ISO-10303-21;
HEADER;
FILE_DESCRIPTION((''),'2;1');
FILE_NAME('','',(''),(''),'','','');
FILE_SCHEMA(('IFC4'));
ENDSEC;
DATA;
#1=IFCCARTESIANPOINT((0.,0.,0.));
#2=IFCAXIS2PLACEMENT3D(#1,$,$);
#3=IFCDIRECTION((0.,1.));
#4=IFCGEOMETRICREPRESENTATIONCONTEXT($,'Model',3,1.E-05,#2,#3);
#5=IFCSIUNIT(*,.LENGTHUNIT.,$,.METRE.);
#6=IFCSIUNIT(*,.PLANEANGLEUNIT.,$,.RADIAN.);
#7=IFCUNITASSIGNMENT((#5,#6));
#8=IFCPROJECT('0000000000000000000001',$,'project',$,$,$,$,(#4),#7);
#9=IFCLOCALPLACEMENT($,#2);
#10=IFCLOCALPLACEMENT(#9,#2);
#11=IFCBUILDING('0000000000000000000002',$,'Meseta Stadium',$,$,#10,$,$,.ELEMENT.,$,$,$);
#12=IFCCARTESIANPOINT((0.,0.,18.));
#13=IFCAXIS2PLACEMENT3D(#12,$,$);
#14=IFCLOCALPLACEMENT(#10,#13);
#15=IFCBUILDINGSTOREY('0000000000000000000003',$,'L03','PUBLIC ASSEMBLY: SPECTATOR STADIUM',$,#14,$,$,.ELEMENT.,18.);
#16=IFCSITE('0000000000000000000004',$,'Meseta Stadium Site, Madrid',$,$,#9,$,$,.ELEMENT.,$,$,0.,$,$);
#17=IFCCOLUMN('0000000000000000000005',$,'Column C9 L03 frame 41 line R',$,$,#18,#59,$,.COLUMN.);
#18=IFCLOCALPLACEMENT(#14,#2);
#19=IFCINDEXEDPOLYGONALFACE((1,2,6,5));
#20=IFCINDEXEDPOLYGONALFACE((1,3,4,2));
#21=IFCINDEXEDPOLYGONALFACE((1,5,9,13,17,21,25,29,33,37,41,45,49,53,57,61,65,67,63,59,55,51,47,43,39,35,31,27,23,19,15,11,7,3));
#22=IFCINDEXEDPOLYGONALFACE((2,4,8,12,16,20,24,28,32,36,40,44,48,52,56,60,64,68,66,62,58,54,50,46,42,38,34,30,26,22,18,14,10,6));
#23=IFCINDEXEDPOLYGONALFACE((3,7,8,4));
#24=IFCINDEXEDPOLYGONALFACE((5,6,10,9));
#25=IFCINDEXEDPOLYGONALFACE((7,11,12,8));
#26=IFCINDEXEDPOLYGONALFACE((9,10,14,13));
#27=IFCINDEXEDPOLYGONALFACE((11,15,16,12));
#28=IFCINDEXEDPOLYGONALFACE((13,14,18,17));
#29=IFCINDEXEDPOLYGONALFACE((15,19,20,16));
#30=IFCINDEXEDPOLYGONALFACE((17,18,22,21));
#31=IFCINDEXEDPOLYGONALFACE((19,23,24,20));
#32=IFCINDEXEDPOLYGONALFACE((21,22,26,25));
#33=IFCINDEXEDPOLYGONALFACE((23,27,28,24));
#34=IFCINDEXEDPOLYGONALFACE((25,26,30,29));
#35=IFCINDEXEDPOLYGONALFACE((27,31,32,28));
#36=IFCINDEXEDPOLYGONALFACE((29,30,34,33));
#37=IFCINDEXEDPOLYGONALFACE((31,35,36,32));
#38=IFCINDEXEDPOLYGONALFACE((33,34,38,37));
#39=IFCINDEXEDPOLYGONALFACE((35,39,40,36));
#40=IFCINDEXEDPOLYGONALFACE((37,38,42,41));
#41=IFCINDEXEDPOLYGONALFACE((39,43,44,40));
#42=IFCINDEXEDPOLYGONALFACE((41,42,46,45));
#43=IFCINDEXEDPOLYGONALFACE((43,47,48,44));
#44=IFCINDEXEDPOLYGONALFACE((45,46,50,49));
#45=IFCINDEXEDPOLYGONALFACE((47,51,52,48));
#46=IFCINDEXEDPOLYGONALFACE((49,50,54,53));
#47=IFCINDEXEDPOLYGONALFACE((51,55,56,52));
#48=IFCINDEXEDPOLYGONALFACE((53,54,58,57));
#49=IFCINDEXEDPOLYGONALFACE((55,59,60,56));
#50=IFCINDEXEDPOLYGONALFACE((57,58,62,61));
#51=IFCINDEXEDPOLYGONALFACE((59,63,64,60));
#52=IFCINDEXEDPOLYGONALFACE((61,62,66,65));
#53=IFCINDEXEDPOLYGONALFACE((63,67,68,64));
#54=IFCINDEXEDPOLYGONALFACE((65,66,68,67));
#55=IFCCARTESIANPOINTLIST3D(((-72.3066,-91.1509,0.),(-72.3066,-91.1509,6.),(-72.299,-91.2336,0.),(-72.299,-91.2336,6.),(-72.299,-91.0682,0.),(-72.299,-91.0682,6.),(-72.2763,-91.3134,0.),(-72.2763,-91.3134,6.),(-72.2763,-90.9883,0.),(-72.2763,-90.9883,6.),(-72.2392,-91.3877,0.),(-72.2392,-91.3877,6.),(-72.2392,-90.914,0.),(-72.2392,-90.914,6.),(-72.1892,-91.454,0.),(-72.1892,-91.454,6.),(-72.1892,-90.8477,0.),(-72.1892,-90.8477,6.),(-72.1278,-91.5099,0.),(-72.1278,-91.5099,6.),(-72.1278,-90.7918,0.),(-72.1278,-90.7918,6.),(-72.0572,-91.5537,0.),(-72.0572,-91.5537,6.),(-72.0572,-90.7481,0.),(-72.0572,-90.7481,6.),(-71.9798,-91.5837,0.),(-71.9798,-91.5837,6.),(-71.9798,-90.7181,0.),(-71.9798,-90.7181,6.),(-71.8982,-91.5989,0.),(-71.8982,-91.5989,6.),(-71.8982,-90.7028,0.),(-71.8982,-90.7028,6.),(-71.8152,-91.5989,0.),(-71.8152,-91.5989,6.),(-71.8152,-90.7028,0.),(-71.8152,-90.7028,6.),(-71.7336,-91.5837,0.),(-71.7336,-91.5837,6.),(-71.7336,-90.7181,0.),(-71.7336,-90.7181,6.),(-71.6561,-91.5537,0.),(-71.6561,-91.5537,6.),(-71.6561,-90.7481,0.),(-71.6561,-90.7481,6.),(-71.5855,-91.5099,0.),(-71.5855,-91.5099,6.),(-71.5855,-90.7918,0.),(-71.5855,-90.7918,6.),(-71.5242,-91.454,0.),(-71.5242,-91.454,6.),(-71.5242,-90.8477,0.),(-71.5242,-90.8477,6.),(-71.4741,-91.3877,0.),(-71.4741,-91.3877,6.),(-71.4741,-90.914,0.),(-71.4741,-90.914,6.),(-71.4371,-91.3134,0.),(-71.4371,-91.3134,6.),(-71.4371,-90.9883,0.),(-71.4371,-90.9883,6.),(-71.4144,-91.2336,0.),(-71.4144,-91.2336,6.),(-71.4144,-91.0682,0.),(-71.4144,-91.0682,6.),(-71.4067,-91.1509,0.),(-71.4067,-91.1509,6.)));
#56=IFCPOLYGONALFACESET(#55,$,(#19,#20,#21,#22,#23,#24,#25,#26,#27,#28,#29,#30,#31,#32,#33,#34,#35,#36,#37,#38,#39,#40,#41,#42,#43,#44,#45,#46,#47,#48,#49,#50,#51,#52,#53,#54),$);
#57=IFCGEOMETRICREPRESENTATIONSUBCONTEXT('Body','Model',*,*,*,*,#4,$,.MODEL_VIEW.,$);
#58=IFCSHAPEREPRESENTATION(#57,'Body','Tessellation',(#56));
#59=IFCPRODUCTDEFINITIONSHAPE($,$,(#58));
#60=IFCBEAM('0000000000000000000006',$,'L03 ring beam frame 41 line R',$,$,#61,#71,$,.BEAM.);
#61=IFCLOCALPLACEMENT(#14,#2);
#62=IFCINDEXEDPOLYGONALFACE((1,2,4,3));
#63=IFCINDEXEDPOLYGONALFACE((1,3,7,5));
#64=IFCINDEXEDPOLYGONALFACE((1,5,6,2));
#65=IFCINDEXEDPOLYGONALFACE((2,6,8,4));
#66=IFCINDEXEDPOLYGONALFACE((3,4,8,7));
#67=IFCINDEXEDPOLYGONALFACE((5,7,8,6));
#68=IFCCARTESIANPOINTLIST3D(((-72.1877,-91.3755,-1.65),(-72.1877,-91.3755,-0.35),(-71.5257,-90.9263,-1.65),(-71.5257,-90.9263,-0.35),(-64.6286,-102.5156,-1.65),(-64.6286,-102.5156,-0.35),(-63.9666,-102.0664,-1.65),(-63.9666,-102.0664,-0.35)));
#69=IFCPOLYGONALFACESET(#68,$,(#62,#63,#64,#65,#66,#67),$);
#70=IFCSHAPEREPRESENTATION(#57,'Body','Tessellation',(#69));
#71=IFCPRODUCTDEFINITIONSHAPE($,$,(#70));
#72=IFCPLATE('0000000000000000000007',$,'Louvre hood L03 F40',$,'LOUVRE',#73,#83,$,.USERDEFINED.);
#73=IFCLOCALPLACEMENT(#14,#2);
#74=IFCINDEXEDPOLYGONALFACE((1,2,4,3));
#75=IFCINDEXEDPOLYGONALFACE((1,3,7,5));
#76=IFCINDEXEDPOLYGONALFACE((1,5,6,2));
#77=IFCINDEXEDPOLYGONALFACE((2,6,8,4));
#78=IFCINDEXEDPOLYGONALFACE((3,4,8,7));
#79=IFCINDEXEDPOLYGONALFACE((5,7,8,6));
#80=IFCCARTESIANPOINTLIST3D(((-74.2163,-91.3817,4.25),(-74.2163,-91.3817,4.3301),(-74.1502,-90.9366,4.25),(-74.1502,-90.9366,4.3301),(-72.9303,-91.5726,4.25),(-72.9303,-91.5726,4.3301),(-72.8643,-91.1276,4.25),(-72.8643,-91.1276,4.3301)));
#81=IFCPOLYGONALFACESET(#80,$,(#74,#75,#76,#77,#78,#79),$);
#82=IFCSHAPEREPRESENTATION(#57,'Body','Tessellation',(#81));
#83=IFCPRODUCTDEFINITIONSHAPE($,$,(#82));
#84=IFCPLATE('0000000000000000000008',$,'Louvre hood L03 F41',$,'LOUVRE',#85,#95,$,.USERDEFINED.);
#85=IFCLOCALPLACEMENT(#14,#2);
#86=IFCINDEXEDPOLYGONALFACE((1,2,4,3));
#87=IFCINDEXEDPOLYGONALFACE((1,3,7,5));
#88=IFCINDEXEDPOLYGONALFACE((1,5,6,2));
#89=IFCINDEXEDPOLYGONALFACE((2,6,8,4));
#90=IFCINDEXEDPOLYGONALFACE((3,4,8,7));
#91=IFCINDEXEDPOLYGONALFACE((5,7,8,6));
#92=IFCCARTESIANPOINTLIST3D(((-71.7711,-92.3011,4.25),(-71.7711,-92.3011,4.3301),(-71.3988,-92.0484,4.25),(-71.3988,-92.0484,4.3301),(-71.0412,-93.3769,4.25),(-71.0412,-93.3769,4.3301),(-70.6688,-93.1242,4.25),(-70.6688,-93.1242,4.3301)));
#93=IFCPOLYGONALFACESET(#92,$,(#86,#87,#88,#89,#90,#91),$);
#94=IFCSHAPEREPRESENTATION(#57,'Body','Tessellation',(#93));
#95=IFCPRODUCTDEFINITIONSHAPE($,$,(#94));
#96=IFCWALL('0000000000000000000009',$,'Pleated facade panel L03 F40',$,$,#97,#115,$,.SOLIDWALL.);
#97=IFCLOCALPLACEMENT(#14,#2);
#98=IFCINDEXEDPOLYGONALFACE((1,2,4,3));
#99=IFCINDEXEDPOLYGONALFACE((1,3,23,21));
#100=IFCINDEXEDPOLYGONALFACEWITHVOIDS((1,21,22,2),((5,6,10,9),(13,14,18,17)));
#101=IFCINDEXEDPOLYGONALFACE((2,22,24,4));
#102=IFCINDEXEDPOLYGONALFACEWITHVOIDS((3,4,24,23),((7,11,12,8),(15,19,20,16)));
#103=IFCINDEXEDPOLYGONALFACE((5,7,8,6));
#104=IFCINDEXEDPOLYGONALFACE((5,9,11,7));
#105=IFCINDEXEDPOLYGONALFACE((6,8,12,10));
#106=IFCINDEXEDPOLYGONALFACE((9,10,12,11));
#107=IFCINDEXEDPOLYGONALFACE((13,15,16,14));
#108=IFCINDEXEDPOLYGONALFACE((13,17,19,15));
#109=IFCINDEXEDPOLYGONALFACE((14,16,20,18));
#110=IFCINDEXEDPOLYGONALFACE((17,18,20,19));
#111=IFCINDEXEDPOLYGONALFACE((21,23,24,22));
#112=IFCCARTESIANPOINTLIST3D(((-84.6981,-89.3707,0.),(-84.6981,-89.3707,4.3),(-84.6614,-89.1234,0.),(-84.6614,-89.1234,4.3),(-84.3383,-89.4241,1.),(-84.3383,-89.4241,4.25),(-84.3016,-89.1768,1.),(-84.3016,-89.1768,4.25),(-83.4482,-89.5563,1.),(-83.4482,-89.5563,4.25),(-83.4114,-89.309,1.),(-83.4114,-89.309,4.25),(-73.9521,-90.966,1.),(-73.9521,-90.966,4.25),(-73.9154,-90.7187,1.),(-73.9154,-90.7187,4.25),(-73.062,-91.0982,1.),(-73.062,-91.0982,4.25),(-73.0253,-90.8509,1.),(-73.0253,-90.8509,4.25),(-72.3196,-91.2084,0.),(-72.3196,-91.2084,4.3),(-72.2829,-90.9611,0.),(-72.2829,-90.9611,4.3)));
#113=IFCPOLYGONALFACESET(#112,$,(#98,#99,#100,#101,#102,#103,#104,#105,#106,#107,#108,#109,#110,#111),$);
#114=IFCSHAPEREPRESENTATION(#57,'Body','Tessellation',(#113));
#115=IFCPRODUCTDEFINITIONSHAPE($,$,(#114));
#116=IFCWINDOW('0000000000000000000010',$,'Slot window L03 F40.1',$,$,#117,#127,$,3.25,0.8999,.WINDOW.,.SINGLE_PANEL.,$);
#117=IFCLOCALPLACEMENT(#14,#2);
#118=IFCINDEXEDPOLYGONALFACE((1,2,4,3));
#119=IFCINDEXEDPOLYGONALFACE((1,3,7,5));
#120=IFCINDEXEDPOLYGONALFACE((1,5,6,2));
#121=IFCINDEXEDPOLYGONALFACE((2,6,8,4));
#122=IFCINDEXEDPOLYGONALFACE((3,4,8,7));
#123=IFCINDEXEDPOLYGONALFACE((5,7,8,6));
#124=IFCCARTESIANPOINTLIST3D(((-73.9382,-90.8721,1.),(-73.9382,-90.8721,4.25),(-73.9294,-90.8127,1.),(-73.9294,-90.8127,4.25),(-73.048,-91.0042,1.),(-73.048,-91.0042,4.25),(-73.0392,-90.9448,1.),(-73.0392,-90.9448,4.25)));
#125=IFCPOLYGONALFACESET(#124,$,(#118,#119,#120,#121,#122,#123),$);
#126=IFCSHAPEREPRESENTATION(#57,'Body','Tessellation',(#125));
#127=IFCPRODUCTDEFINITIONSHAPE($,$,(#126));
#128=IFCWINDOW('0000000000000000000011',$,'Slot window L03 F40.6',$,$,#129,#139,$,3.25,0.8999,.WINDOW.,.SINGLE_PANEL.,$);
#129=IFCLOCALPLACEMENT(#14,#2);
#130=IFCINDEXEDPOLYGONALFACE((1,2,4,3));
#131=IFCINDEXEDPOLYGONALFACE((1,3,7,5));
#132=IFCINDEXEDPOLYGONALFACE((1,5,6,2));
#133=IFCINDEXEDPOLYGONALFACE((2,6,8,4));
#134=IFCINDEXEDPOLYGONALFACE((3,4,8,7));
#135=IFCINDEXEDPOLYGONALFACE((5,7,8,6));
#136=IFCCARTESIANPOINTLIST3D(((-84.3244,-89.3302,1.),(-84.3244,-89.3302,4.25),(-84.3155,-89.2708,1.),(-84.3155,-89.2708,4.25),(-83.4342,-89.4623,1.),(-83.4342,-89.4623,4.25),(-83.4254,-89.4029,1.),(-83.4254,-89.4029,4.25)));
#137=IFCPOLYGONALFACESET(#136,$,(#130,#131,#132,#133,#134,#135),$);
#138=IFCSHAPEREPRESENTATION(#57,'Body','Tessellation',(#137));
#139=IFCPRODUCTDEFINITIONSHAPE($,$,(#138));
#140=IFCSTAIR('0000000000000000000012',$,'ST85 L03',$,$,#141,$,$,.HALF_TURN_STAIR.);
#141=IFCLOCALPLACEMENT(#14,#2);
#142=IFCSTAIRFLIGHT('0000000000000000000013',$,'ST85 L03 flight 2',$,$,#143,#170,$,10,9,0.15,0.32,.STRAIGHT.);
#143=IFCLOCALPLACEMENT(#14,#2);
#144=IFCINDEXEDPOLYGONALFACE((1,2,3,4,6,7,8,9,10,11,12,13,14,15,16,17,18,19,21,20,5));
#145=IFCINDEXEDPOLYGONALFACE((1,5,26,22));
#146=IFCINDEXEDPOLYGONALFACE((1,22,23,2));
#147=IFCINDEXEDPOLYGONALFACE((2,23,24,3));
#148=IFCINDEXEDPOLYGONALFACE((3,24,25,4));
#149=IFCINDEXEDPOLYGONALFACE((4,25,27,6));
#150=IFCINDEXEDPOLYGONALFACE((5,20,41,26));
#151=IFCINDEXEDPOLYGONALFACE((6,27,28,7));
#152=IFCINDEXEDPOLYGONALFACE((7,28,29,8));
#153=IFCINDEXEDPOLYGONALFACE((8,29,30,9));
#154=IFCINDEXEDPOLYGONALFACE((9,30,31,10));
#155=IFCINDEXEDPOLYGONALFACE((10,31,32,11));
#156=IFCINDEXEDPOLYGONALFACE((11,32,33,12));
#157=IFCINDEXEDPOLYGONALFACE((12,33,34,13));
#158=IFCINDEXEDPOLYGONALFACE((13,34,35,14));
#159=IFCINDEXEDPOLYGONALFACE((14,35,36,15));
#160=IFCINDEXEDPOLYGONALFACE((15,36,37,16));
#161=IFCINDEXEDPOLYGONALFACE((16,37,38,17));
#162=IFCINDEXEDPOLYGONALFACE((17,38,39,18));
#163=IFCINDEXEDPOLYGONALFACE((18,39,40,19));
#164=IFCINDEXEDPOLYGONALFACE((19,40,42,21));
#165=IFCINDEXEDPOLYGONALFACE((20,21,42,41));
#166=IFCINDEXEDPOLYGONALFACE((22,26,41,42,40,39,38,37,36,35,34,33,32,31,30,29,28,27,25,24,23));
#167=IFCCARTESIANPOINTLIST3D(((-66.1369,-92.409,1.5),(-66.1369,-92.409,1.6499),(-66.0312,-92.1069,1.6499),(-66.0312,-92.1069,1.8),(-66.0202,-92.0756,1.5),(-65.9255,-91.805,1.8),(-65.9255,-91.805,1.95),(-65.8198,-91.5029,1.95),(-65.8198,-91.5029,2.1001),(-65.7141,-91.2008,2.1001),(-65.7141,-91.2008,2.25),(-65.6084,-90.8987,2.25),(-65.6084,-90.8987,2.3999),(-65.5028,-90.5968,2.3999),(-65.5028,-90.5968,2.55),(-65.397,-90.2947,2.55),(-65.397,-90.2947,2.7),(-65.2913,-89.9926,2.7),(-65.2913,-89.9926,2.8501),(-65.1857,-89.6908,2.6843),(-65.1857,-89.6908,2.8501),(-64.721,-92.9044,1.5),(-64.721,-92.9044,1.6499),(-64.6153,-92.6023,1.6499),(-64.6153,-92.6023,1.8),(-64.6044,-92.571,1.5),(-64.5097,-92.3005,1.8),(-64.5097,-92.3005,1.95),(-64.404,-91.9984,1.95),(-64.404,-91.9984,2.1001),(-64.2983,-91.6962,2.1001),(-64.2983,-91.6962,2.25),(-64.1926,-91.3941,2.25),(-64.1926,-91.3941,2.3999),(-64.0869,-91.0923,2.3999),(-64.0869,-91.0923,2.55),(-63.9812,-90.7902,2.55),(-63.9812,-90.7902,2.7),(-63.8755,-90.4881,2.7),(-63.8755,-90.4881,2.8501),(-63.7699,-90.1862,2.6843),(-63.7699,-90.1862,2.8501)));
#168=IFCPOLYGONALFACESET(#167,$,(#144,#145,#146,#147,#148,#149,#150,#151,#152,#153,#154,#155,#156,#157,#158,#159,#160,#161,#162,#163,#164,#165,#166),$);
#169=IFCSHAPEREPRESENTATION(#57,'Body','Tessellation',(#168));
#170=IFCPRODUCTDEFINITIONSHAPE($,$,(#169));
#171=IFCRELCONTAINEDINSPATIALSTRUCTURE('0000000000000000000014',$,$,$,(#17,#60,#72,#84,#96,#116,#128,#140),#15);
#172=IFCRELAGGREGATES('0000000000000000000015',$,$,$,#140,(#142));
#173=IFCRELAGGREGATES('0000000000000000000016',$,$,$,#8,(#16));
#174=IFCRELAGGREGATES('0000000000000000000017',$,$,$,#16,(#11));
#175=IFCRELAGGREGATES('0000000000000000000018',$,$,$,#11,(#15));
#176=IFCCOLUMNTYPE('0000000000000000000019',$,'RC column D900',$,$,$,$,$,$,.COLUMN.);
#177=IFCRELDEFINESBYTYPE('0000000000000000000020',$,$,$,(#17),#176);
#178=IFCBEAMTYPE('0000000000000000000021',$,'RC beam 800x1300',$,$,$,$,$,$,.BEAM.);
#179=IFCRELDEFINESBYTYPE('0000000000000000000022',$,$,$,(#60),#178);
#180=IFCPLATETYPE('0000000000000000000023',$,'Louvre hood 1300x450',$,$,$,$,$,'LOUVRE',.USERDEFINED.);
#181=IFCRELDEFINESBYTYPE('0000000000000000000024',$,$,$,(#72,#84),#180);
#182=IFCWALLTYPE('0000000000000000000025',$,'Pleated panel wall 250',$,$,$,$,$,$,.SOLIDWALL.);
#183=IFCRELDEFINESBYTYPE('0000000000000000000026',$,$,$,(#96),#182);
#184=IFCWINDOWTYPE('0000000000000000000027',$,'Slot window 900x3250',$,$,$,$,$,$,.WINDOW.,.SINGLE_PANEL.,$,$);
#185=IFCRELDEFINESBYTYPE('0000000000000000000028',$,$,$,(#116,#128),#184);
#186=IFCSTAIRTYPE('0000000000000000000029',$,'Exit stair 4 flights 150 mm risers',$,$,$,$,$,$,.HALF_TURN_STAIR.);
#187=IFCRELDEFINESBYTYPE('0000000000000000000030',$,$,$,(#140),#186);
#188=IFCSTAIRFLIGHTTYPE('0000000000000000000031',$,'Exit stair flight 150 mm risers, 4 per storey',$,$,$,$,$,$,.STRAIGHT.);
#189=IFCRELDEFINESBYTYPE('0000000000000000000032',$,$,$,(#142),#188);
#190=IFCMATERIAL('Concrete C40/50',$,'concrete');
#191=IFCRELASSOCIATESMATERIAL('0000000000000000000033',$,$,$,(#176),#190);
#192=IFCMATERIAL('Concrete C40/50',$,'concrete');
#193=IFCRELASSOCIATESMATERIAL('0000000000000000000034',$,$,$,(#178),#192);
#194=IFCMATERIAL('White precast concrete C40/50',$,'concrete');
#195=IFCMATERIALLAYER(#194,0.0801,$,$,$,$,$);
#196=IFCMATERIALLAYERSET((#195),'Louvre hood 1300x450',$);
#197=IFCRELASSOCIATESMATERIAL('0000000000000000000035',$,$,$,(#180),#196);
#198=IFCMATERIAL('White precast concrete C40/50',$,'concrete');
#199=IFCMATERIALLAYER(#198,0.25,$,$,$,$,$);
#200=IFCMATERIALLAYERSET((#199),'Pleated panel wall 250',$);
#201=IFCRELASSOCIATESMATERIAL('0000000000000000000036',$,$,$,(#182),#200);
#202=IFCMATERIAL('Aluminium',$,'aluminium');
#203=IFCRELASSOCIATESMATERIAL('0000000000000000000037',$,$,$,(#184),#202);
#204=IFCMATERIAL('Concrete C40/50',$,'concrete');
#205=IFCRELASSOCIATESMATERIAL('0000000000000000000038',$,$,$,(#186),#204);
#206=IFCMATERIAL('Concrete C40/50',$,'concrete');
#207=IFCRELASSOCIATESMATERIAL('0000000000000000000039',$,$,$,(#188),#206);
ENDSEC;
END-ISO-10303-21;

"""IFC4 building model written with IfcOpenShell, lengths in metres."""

from ifc_helpers import new_model, si_unit, direction, frame, frame_2d, origin, origin_2d, place, context, subcontext, project, spatial, polyline, rectangle, circle, outline, extrude, material, layer, layer_set, material_profile, profile_set, type_object, element, fill, aggregate, save


model = new_model("IFC4")

# Units and contexts
model_context = context("Model", 3, precision=1e-05, world=origin(), true_north=direction((0.0, 1.0)))
body_context = subcontext(model_context, "Body", "Model", "MODEL_VIEW")
ifc_project = project(units=[si_unit("LENGTHUNIT", "METRE"), si_unit("PLANEANGLEUNIT", "RADIAN")], contexts=[model_context])

# Site, building, storey
site_placement = place(None, origin())
site = spatial("IfcSite", under=ifc_project, at=site_placement, Name="Meseta Stadium Site, Madrid", CompositionType="ELEMENT", RefElevation=0.0)
building_placement = place(site_placement, origin())
building = spatial("IfcBuilding", under=site, at=building_placement, Name="Meseta Stadium", CompositionType="ELEMENT")
storey_placement = place(building_placement, frame((0.0, 0.0, 18.0)))
storey = spatial("IfcBuildingStorey", under=building, at=storey_placement, Name="L03", Description="PUBLIC ASSEMBLY: SPECTATOR STADIUM", CompositionType="ELEMENT", Elevation=18.0)

# Column
ifc_material_1 = material(Name="Concrete C40/50", Category="concrete")
ifc_material_profile_1 = material_profile(ifc_material_1, circle(Radius=0.45, at=origin_2d()), Name="RC D900")
ifc_profile_set_1 = profile_set([ifc_material_profile_1], Name="Concrete C40/50")
column_type = type_object("IfcColumnType", Name="RC column D900", PredefinedType="COLUMN", material=ifc_profile_set_1)
column_placement = place(storey_placement, frame((-71.8567, -91.1509, 0.0), z_axis=(0.0, 0.0, 1.0), x_axis=(1.0, 0.0, 0.0)))
element("IfcColumn", 1, at=column_placement, inside=storey, type_object=column_type, Name="Column C9 L03 frame 41 line R", PredefinedType="COLUMN", context=body_context, shape_type="SweptSolid", body=[
    extrude(circle(Radius=0.45, at=origin_2d()), origin(), (0.0, 0.0, 1.0), 6.0),
])

# Beam
ifc_material_2 = material(Name="Concrete C40/50", Category="concrete")
ifc_material_profile_2 = material_profile(ifc_material_2, rectangle(XDim=0.8, YDim=1.3, at=origin_2d()), Name="RC 800x1300")
ifc_profile_set_2 = profile_set([ifc_material_profile_2], Name="Concrete C40/50")
beam_type = type_object("IfcBeamType", Name="RC beam 800x1300", PredefinedType="BEAM", material=ifc_profile_set_2)
beam_placement = place(storey_placement, frame((-71.8567, -91.1509, -1.0), z_axis=(0.561486, -0.827486, 0.0), x_axis=(0.827486, 0.561486, 0.0)))
element("IfcBeam", 2, at=beam_placement, inside=storey, type_object=beam_type, Name="L03 ring beam frame 41 line R", PredefinedType="BEAM", context=body_context, shape_type="SweptSolid", body=[
    extrude(rectangle(XDim=0.8, YDim=1.3, at=origin_2d()), origin(), (0.0, 0.0, 1.0), 13.4626),
])

# Plates
ifc_material_3 = material(Name="White precast concrete C40/50", Category="concrete")
ifc_layer_1 = layer(ifc_material_3, 0.0801)
ifc_layer_set_1 = layer_set([ifc_layer_1], Name="Louvre hood 1300x450")
plate_type = type_object("IfcPlateType", Name="Louvre hood 1300x450", ElementType="LOUVRE", PredefinedType="USERDEFINED", material=ifc_layer_set_1)
for number, where, z_axis, x_axis, name in (
    (3, (-73.5403, -91.2546, 4.25), (0.0, 0.0, 1.0), (0.989158, -0.146854, 0.0), "Louvre hood L03 F40"),
    (4, (-71.22, -92.7126, 4.25), (0.0, 0.0, 1.0), (0.56149, -0.827483, 0.0), "Louvre hood L03 F41"),
):
    element("IfcPlate", number, at=place(storey_placement, frame(where, z_axis=z_axis, x_axis=x_axis)), inside=storey, type_object=plate_type, Name=name, ObjectType="LOUVRE", PredefinedType="USERDEFINED", context=body_context, shape_type="SweptSolid", body=[
        extrude(rectangle(XDim=1.3, YDim=0.45, at=origin_2d()), origin(), (0.0, 0.0, 1.0), 0.0801),
    ])

# Wall, openings, windows
ifc_material_4 = material(Name="White precast concrete C40/50", Category="concrete")
ifc_layer_2 = layer(ifc_material_4, 0.25)
ifc_layer_set_2 = layer_set([ifc_layer_2], Name="Pleated panel wall 250")
wall_type = type_object("IfcWallType", Name="Pleated panel wall 250", PredefinedType="SOLIDWALL", material=ifc_layer_set_2)
wall_placement = place(storey_placement, frame((-72.3013, -91.0847, 0.0), z_axis=(0.0, 0.0, 1.0), x_axis=(-0.989159, 0.146846, 0.0)))
wall = element("IfcWall", 5, at=wall_placement, inside=storey, type_object=wall_type, Name="Pleated facade panel L03 F40", PredefinedType="SOLIDWALL", context=body_context, shape_type="SweptSolid", body=[
    extrude(rectangle(XDim=12.5142, YDim=0.25, at=frame_2d((6.2571, 0.0))), origin(), (0.0, 0.0, 1.0), 4.3),
])
opening_1_placement = place(wall_placement, frame((0.7505, 0.0, 1.0)))
opening_1 = element("IfcOpeningElement", 6, at=opening_1_placement, cuts=wall, PredefinedType="OPENING", context=body_context, shape_type="SweptSolid", body=[
    extrude(rectangle(XDim=0.8999, YDim=3.25, at=frame_2d((0.45, 1.625))), frame((0.0, 0.135, 0.0), z_axis=(0.0, -1.0, 0.0), x_axis=(1.0, 0.0, 0.0)), (0.0, 0.0, 1.0), 0.27),
])
opening_2_placement = place(wall_placement, frame((11.2505, 0.0, 1.0)))
opening_2 = element("IfcOpeningElement", 7, at=opening_2_placement, cuts=wall, PredefinedType="OPENING", context=body_context, shape_type="SweptSolid", body=[
    extrude(rectangle(XDim=0.8999, YDim=3.25, at=frame_2d((0.45, 1.625))), frame((0.0, 0.135, 0.0), z_axis=(0.0, -1.0, 0.0), x_axis=(1.0, 0.0, 0.0)), (0.0, 0.0, 1.0), 0.27),
])
ifc_material_5 = material(Name="Aluminium", Category="aluminium")
window_type = type_object("IfcWindowType", Name="Slot window 900x3250", PartitioningType="SINGLE_PANEL", PredefinedType="WINDOW", material=ifc_material_5)
window_1_placement = place(opening_1_placement, origin())
window_1 = element("IfcWindow", 8, at=window_1_placement, inside=storey, type_object=window_type, Name="Slot window L03 F40.1", OverallHeight=3.25, OverallWidth=0.8999, PartitioningType="SINGLE_PANEL", PredefinedType="WINDOW", context=body_context, shape_type="SweptSolid", body=[
    extrude(rectangle(XDim=0.8999, YDim=3.25, at=frame_2d((0.45, 1.625))), frame((0.0, 0.03, 0.0), z_axis=(0.0, -1.0, 0.0), x_axis=(1.0, 0.0, 0.0)), (0.0, 0.0, 1.0), 0.0601),
])
fill(opening_1, window_1)
window_2_placement = place(opening_2_placement, origin())
window_2 = element("IfcWindow", 9, at=window_2_placement, inside=storey, type_object=window_type, Name="Slot window L03 F40.6", OverallHeight=3.25, OverallWidth=0.8999, PartitioningType="SINGLE_PANEL", PredefinedType="WINDOW", context=body_context, shape_type="SweptSolid", body=[
    extrude(rectangle(XDim=0.8999, YDim=3.25, at=frame_2d((0.45, 1.625))), frame((0.0, 0.03, 0.0), z_axis=(0.0, -1.0, 0.0), x_axis=(1.0, 0.0, 0.0)), (0.0, 0.0, 1.0), 0.0601),
])
fill(opening_2, window_2)

# Stair, stair flight
ifc_material_6 = material(Name="Concrete C40/50", Category="concrete")
stair_type = type_object("IfcStairType", Name="Exit stair 4 flights 150 mm risers", PredefinedType="HALF_TURN_STAIR", material=ifc_material_6)
stair_1_placement = place(storey_placement, origin())
stair_1 = element("IfcStair", 10, at=stair_1_placement, inside=storey, type_object=stair_type, Name="ST85 L03", PredefinedType="HALF_TURN_STAIR")
ifc_material_7 = material(Name="Concrete C40/50", Category="concrete")
stair_flight_type = type_object("IfcStairFlightType", Name="Exit stair flight 150 mm risers, 4 per storey", PredefinedType="STRAIGHT", material=ifc_material_7)
stair_flight_1_placement = place(storey_placement, frame((-65.429, -92.6567, 1.5), z_axis=(0.0, 0.0, 1.0), x_axis=(0.330279, 0.943883, 0.0)))
stair_flight_1 = element("IfcStairFlight", 11, at=stair_flight_1_placement, type_object=stair_flight_type, Name="ST85 L03 flight 2", NumberOfRisers=10, NumberOfTreads=9, PredefinedType="STRAIGHT", RiserHeight=0.15, TreadLength=0.32, context=body_context, shape_type="SweptSolid", body=[
    extrude(outline(polyline([(0.0, 0.0), (0.0, 0.1499), (0.3201, 0.1499), (0.3201, 0.3), (0.6399, 0.3), (0.6399, 0.45), (0.96, 0.45), (0.96, 0.6001), (1.28, 0.6001), (1.28, 0.75), (1.6001, 0.75), (1.6001, 0.8999), (1.9199, 0.8999), (1.9199, 1.05), (2.24, 1.05), (2.24, 1.2), (2.5601, 1.2), (2.5601, 1.3501), (2.8799, 1.3501), (2.8799, 1.1843), (0.3533, 0.0), (0.0, 0.0)])), frame((0.0, 0.75, 0.0), z_axis=(0.0, -1.0, 0.0), x_axis=(1.0, 0.0, 0.0)), (0.0, 0.0, 1.0), 1.5),
])
aggregate(stair_1, [stair_flight_1])

save(model, "model.ifc")
